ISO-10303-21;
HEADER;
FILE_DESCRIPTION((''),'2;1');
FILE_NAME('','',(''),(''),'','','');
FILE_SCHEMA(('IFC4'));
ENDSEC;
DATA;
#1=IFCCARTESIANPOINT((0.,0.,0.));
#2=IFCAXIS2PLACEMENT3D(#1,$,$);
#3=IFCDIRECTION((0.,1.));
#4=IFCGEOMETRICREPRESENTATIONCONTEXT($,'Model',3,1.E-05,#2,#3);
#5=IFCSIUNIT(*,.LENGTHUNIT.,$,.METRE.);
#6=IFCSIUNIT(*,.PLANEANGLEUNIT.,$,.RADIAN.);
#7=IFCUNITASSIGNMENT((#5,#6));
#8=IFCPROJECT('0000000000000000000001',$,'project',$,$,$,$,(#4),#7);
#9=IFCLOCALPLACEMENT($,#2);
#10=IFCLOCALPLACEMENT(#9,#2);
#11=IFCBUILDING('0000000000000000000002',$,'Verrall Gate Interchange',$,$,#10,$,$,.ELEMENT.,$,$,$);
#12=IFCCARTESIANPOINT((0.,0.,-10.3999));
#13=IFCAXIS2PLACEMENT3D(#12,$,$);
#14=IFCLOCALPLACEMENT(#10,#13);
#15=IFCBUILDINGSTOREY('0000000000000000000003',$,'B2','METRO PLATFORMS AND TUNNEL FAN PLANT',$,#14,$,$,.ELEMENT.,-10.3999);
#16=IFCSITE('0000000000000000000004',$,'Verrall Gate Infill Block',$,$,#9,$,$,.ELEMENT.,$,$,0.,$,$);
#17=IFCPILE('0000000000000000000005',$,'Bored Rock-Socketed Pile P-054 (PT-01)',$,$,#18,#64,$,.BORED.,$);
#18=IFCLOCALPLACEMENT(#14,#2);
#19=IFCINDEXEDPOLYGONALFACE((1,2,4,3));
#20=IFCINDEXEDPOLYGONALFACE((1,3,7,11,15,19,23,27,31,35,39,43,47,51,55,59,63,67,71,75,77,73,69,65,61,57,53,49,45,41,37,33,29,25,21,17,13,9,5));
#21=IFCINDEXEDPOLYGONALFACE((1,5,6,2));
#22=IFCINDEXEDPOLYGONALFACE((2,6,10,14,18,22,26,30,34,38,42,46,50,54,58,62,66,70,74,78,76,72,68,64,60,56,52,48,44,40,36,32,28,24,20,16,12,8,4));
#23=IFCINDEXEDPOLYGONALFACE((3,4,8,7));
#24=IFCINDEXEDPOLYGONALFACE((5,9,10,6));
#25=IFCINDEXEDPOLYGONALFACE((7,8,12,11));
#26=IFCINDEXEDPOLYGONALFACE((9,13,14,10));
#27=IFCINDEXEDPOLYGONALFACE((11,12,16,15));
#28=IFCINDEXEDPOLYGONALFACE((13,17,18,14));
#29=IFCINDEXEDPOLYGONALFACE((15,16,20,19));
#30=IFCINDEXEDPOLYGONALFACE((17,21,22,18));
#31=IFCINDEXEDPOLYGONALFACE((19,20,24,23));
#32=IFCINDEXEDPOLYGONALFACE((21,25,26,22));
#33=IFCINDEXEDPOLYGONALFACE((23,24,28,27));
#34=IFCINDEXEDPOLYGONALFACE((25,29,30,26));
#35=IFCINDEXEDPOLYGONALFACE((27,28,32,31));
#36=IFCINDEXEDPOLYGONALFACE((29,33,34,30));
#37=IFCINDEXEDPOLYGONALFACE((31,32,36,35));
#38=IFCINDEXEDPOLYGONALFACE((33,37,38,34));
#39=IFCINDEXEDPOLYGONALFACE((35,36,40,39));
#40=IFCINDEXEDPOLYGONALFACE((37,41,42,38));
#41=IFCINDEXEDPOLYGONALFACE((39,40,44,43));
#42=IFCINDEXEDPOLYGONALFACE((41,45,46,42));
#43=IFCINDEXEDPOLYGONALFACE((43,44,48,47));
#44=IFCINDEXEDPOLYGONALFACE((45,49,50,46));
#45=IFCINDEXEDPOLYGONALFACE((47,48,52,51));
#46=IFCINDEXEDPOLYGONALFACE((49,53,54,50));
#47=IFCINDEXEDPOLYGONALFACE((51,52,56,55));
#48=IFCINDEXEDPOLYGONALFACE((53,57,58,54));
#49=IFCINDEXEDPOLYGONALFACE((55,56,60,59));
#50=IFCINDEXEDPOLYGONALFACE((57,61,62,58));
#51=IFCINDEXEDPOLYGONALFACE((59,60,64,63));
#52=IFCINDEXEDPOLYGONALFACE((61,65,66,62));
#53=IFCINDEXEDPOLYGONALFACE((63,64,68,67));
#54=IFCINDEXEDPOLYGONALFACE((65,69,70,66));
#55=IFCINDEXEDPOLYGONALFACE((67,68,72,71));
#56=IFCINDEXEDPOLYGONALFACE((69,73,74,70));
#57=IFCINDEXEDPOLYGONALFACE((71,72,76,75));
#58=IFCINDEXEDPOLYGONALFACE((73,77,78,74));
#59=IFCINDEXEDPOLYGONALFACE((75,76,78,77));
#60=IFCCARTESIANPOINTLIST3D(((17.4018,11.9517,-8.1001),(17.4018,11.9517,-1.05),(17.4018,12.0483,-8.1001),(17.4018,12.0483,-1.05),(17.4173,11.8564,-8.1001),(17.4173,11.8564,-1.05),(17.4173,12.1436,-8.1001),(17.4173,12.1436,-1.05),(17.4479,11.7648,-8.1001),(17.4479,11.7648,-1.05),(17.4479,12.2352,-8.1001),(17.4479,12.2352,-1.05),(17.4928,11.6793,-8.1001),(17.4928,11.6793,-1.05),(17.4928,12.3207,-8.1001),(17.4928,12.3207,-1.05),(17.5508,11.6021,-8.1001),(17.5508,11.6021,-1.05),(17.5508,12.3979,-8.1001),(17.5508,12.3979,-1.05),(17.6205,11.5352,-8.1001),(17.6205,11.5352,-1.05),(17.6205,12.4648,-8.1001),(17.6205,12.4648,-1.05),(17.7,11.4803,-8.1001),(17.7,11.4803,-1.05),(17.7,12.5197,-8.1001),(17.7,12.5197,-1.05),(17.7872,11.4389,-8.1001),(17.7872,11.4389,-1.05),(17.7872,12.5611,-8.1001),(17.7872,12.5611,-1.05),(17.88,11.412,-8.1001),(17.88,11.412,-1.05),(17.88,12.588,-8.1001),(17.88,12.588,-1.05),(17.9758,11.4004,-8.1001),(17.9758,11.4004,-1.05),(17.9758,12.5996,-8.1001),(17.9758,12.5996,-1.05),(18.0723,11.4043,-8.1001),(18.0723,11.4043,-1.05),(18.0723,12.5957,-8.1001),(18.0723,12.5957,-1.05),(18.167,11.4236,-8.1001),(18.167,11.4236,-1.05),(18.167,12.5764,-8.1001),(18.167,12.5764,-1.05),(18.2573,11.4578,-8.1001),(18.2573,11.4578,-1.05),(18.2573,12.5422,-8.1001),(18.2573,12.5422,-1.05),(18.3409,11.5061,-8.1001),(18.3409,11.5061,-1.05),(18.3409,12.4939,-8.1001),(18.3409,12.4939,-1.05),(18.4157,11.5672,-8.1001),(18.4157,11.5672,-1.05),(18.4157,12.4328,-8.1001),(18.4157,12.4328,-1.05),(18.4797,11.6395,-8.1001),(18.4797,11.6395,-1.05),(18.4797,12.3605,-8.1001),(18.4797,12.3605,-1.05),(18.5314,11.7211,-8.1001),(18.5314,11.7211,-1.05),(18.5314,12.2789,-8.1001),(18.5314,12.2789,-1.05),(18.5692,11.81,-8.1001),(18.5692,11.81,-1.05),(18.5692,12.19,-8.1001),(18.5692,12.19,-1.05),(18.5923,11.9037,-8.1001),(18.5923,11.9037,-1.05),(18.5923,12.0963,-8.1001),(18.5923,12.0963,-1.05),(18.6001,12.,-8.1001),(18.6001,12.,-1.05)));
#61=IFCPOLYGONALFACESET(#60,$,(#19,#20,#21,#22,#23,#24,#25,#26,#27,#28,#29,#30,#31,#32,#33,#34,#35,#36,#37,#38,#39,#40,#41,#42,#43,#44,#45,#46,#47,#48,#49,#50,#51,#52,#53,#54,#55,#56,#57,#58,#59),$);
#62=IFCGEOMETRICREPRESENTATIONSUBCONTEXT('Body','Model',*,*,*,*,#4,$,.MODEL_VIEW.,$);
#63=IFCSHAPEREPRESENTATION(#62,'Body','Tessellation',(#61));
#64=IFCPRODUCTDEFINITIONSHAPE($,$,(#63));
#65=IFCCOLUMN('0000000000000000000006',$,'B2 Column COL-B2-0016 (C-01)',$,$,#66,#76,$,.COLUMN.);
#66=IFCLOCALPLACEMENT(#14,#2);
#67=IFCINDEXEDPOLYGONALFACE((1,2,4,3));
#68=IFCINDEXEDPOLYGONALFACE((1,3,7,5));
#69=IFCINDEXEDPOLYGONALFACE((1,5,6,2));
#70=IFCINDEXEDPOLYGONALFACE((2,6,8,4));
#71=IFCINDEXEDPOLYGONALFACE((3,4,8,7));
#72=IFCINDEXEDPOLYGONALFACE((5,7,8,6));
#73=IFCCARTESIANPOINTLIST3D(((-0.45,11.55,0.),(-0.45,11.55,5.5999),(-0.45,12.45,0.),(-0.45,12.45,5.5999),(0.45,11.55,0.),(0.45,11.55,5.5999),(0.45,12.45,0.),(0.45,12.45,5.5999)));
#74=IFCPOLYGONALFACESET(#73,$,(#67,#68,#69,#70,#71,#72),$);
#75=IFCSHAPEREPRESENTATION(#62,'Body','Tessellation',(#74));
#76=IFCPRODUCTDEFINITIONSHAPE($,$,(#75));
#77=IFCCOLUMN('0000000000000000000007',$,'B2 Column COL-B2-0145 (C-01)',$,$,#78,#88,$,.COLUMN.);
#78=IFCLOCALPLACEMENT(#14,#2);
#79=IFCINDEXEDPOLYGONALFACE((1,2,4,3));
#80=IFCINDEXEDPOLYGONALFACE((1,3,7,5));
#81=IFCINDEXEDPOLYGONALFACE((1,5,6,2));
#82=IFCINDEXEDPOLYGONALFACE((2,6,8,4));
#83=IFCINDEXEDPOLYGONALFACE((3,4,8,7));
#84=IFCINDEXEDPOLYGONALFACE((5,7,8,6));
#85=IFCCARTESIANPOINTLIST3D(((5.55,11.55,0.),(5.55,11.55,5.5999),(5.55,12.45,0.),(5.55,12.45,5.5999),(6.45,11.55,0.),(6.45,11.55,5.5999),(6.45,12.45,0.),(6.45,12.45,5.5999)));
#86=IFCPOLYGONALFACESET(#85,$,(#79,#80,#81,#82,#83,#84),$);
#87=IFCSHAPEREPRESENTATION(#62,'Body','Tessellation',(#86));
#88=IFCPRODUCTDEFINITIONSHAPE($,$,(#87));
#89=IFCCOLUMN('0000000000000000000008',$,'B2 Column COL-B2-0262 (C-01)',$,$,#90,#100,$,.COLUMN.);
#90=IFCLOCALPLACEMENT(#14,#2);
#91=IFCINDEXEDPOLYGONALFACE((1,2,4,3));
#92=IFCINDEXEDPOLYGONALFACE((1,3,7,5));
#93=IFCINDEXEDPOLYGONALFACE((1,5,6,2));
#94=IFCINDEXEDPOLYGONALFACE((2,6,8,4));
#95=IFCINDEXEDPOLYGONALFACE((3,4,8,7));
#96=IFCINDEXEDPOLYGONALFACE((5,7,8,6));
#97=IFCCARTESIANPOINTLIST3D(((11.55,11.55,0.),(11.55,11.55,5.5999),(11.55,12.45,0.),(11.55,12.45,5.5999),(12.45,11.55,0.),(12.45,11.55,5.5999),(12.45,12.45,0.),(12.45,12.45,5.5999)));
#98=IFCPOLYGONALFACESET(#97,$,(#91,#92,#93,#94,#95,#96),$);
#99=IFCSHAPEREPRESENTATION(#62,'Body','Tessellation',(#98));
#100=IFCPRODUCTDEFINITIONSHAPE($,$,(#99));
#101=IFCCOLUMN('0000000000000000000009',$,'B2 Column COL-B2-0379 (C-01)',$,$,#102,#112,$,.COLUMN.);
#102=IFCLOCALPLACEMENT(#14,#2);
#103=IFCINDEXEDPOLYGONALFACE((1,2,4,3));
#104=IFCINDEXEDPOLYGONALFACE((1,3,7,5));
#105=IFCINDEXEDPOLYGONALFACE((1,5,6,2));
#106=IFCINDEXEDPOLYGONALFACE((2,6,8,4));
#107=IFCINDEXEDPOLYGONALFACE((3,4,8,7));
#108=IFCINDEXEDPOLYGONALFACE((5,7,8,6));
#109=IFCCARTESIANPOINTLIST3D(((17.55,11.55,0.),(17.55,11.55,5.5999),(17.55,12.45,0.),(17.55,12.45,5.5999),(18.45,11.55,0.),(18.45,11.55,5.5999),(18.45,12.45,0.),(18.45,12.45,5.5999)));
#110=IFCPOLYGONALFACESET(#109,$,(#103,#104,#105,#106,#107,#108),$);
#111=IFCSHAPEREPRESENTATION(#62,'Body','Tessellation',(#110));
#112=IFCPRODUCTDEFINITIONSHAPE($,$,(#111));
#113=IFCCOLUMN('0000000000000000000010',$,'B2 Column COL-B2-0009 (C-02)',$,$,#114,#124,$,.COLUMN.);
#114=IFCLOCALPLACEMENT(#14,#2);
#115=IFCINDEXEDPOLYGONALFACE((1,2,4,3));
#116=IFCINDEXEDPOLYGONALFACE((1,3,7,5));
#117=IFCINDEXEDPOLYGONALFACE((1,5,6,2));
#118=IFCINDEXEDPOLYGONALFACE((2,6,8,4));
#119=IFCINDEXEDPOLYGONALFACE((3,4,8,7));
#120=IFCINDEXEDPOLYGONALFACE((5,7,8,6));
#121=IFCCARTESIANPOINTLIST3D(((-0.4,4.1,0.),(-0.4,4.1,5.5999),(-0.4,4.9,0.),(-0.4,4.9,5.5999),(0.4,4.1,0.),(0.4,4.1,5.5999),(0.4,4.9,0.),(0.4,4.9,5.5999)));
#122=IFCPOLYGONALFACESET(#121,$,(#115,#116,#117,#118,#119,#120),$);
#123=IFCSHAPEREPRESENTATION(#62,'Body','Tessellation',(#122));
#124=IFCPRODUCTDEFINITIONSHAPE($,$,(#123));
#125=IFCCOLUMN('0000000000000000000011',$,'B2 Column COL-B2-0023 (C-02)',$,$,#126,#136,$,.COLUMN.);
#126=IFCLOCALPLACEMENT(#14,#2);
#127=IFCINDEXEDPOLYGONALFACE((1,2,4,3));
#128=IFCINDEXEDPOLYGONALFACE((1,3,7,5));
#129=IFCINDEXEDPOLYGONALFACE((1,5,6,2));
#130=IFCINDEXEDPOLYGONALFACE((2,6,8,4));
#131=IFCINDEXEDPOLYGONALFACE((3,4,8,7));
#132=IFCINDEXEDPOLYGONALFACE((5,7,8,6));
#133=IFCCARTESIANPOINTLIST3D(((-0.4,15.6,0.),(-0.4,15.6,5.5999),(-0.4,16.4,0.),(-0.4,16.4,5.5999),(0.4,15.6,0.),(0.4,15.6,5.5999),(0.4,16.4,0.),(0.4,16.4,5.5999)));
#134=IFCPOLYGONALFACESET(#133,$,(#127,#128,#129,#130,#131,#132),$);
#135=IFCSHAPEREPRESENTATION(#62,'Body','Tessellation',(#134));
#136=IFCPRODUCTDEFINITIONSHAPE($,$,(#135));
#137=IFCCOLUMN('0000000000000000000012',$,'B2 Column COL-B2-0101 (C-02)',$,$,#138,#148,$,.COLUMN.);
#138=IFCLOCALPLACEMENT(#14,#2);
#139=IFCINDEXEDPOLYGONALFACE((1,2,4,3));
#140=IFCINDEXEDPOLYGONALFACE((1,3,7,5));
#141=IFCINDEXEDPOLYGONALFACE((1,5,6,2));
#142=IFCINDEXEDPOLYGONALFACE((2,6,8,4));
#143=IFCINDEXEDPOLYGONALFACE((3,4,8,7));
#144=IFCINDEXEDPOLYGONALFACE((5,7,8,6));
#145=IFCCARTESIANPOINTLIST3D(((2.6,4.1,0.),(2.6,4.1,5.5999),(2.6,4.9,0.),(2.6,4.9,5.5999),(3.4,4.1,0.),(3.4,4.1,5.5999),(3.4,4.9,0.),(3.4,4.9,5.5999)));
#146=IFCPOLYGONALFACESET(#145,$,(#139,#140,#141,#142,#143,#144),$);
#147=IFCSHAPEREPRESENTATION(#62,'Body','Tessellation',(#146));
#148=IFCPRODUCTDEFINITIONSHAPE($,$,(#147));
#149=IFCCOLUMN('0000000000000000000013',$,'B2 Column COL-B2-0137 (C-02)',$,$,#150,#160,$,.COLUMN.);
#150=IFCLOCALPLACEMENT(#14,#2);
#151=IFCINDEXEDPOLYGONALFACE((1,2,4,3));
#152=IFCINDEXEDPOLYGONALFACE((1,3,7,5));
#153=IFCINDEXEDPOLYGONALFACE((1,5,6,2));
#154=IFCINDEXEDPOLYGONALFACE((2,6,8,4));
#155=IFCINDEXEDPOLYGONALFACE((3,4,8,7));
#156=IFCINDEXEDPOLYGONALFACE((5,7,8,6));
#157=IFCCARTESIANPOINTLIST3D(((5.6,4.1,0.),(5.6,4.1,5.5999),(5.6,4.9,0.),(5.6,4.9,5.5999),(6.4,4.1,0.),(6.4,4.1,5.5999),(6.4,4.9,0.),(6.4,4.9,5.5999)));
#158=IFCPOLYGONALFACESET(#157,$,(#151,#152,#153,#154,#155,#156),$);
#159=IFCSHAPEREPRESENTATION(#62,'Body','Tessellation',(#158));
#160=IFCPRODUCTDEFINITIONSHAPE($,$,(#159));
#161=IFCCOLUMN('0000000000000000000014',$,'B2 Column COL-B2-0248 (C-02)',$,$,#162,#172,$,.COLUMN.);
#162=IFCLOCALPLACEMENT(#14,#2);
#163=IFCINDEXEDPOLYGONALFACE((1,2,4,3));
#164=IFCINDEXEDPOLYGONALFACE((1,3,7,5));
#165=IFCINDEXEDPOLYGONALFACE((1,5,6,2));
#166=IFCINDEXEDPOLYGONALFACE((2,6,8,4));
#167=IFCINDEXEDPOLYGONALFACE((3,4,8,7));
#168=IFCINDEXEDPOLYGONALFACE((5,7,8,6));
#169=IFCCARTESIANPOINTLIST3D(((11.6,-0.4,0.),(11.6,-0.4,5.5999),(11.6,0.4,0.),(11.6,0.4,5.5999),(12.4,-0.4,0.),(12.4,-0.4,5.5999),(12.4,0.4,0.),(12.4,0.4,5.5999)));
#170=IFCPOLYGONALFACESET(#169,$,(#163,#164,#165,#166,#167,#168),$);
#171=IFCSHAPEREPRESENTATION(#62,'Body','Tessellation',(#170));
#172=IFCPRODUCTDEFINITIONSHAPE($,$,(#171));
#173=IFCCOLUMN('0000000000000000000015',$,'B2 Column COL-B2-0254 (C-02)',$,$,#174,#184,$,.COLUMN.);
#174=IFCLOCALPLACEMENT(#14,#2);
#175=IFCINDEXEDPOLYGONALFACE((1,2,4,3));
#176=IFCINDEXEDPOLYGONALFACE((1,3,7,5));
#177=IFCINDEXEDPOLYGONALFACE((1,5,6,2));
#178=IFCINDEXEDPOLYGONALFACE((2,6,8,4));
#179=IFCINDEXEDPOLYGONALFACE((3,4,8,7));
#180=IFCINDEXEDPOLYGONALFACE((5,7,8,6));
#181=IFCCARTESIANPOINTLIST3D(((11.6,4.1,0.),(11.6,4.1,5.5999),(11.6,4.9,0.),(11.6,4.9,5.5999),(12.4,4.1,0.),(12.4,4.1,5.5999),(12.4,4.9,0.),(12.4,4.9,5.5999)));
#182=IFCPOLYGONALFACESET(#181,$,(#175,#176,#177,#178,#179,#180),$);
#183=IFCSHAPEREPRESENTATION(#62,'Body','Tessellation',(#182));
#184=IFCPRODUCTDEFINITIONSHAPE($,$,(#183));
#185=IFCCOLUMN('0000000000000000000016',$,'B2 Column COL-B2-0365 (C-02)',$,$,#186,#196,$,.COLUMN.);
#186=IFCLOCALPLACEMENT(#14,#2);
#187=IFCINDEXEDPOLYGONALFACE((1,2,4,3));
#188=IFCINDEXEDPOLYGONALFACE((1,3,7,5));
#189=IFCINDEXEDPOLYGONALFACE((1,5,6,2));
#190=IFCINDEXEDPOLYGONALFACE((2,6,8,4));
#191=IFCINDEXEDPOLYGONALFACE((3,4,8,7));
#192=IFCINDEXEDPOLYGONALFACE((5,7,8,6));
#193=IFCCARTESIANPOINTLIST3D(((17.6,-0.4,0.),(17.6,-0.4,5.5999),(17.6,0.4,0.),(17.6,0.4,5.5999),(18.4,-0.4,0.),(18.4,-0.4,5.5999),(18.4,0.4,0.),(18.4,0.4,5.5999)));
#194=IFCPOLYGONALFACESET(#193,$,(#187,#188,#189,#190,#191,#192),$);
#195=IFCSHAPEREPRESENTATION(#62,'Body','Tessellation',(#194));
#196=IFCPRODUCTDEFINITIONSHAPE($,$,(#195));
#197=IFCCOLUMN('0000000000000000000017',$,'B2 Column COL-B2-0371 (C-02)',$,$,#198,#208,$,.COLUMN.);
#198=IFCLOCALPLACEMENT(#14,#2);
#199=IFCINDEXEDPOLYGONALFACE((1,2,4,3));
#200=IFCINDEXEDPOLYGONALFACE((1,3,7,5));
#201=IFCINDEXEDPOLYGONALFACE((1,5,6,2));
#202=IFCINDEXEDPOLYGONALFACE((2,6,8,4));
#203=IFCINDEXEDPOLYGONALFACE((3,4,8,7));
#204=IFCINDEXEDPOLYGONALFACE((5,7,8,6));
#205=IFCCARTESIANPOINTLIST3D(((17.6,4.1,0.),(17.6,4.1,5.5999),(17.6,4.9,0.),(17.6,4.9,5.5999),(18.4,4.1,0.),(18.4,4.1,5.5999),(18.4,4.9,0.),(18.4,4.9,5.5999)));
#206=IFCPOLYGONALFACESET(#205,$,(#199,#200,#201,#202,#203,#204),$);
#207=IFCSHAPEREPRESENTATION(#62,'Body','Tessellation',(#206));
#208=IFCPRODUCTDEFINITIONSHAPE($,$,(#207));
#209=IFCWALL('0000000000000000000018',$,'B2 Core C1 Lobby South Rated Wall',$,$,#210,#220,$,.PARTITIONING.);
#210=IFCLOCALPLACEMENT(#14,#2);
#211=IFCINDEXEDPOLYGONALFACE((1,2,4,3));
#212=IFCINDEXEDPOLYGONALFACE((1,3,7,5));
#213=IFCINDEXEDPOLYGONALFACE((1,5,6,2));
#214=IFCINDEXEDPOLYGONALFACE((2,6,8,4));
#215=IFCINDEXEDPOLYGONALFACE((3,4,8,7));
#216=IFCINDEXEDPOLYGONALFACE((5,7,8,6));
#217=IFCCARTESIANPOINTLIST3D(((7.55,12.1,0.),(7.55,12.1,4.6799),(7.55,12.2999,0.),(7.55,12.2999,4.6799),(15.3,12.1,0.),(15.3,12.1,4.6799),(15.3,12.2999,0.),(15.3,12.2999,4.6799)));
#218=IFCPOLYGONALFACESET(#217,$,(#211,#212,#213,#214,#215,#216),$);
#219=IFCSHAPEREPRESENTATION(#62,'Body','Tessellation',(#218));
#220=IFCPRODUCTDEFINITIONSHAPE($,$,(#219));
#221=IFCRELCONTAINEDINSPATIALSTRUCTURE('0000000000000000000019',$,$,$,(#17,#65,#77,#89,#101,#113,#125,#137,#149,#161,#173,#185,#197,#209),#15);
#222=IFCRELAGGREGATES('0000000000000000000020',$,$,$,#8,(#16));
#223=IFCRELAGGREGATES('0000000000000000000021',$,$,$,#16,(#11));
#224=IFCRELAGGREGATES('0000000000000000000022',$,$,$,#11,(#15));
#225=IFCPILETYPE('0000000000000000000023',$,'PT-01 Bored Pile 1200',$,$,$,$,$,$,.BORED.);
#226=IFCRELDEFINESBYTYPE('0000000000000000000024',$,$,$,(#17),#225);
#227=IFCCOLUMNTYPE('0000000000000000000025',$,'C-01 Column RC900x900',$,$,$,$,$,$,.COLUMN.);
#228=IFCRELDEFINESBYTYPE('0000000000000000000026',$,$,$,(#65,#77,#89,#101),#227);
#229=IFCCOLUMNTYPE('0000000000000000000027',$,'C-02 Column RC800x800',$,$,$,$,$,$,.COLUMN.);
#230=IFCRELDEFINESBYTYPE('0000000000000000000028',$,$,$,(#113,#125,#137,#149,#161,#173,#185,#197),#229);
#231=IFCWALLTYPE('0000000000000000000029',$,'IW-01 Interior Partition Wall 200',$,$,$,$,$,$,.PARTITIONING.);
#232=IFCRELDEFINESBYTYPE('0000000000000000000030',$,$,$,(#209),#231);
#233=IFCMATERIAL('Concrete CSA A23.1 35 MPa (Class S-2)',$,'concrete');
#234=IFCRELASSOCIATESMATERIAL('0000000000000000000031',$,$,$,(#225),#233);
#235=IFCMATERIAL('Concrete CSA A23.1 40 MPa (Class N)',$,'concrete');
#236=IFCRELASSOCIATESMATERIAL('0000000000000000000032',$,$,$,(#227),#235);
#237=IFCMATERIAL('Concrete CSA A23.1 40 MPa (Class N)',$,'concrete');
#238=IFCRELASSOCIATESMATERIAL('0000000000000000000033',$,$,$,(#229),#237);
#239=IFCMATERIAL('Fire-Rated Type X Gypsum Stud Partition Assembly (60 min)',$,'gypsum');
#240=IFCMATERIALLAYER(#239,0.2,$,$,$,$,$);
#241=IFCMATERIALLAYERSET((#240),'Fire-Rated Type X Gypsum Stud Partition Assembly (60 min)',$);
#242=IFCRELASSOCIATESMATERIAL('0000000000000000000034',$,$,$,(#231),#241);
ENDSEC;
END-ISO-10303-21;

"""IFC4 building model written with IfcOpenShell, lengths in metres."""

from ifc_helpers import new_model, si_unit, direction, frame, frame_2d, origin, origin_2d, place, context, subcontext, project, spatial, rectangle, circle, extrude, material, layer, layer_set, material_profile, profile_set, type_object, element, save


model = new_model("IFC4")

# Units and contexts
model_context = context("Model", 3, precision=1e-05, world=origin(), true_north=direction((0.0, 1.0)))
body_context = subcontext(model_context, "Body", "Model", "MODEL_VIEW")
ifc_project = project(units=[si_unit("LENGTHUNIT", "METRE"), si_unit("PLANEANGLEUNIT", "RADIAN")], contexts=[model_context])

# Site, building, storey
site_placement = place(None, origin())
site = spatial("IfcSite", under=ifc_project, at=site_placement, Name="Verrall Gate Infill Block", CompositionType="ELEMENT", RefElevation=0.0)
building_placement = place(site_placement, origin())
building = spatial("IfcBuilding", under=site, at=building_placement, Name="Verrall Gate Interchange", CompositionType="ELEMENT")
storey_placement = place(building_placement, frame((0.0, 0.0, -10.3999)))
storey = spatial("IfcBuildingStorey", under=building, at=storey_placement, Name="B2", Description="METRO PLATFORMS AND TUNNEL FAN PLANT", CompositionType="ELEMENT", Elevation=-10.3999)

# Pile
ifc_material_1 = material(Name="Concrete CSA A23.1 35 MPa (Class S-2)", Category="concrete")
ifc_material_profile_1 = material_profile(ifc_material_1, circle(Radius=0.6001, at=origin_2d()), Name="PILE1200D")
ifc_profile_set_1 = profile_set([ifc_material_profile_1], Name="Concrete CSA A23.1 35 MPa (Class S-2)")
pile_type = type_object("IfcPileType", Name="PT-01 Bored Pile 1200", PredefinedType="BORED", material=ifc_profile_set_1)
for number, where, z_axis, x_axis, name in (
    (1, (18.0, 12.0, -1.05), (0.0, 0.0, -1.0), (1.0, 0.0, 0.0), "Bored Rock-Socketed Pile P-054 (PT-01)"),
):
    element("IfcPile", number, at=place(storey_placement, frame(where, z_axis=z_axis, x_axis=x_axis)), inside=storey, type_object=pile_type, Name=name, PredefinedType="BORED", context=body_context, shape_type="SweptSolid", body=[
        extrude(circle(Radius=0.6001, at=origin_2d()), origin(), (0.0, 0.0, 1.0), 7.05),
    ])

# Columns
ifc_material_2 = material(Name="Concrete CSA A23.1 40 MPa (Class N)", Category="concrete")
ifc_material_profile_2 = material_profile(ifc_material_2, rectangle(XDim=0.8999, YDim=0.8999, at=origin_2d()), Name="RC900x900")
ifc_profile_set_2 = profile_set([ifc_material_profile_2], Name="Concrete CSA A23.1 40 MPa (Class N)")
column_type_1 = type_object("IfcColumnType", Name="C-01 Column RC900x900", PredefinedType="COLUMN", material=ifc_profile_set_2)
for number, where, z_axis, x_axis, name in (
    (2, (0.0, 12.0, 0.0), (0.0, 0.0, 1.0), (1.0, 0.0, 0.0), "B2 Column COL-B2-0016 (C-01)"),
    (3, (6.0, 12.0, 0.0), (0.0, 0.0, 1.0), (1.0, 0.0, 0.0), "B2 Column COL-B2-0145 (C-01)"),
    (4, (12.0, 12.0, 0.0), (0.0, 0.0, 1.0), (1.0, 0.0, 0.0), "B2 Column COL-B2-0262 (C-01)"),
    (5, (18.0, 12.0, 0.0), (0.0, 0.0, 1.0), (1.0, 0.0, 0.0), "B2 Column COL-B2-0379 (C-01)"),
):
    element("IfcColumn", number, at=place(storey_placement, frame(where, z_axis=z_axis, x_axis=x_axis)), inside=storey, type_object=column_type_1, Name=name, PredefinedType="COLUMN", context=body_context, shape_type="SweptSolid", body=[
        extrude(rectangle(XDim=0.8999, YDim=0.8999, at=origin_2d()), origin(), (0.0, 0.0, 1.0), 5.5999),
    ])
ifc_material_3 = material(Name="Concrete CSA A23.1 40 MPa (Class N)", Category="concrete")
ifc_material_profile_3 = material_profile(ifc_material_3, rectangle(XDim=0.8, YDim=0.8, at=origin_2d()), Name="RC800x800")
ifc_profile_set_3 = profile_set([ifc_material_profile_3], Name="Concrete CSA A23.1 40 MPa (Class N)")
column_type_2 = type_object("IfcColumnType", Name="C-02 Column RC800x800", PredefinedType="COLUMN", material=ifc_profile_set_3)
for number, where, z_axis, x_axis, name in (
    (6, (0.0, 4.5, 0.0), (0.0, 0.0, 1.0), (1.0, 0.0, 0.0), "B2 Column COL-B2-0009 (C-02)"),
    (7, (0.0, 16.0, 0.0), (0.0, 0.0, 1.0), (1.0, 0.0, 0.0), "B2 Column COL-B2-0023 (C-02)"),
    (8, (3.0, 4.5, 0.0), (0.0, 0.0, 1.0), (1.0, 0.0, 0.0), "B2 Column COL-B2-0101 (C-02)"),
    (9, (6.0, 4.5, 0.0), (0.0, 0.0, 1.0), (1.0, 0.0, 0.0), "B2 Column COL-B2-0137 (C-02)"),
    (10, (12.0, 0.0, 0.0), (0.0, 0.0, 1.0), (1.0, 0.0, 0.0), "B2 Column COL-B2-0248 (C-02)"),
    (11, (12.0, 4.5, 0.0), (0.0, 0.0, 1.0), (1.0, 0.0, 0.0), "B2 Column COL-B2-0254 (C-02)"),
    (12, (18.0, 0.0, 0.0), (0.0, 0.0, 1.0), (1.0, 0.0, 0.0), "B2 Column COL-B2-0365 (C-02)"),
    (13, (18.0, 4.5, 0.0), (0.0, 0.0, 1.0), (1.0, 0.0, 0.0), "B2 Column COL-B2-0371 (C-02)"),
):
    element("IfcColumn", number, at=place(storey_placement, frame(where, z_axis=z_axis, x_axis=x_axis)), inside=storey, type_object=column_type_2, Name=name, PredefinedType="COLUMN", context=body_context, shape_type="SweptSolid", body=[
        extrude(rectangle(XDim=0.8, YDim=0.8, at=origin_2d()), origin(), (0.0, 0.0, 1.0), 5.5999),
    ])

# Wall
ifc_material_4 = material(Name="Fire-Rated Type X Gypsum Stud Partition Assembly (60 min)", Category="gypsum")
ifc_layer_1 = layer(ifc_material_4, 0.2)
ifc_layer_set_1 = layer_set([ifc_layer_1], Name="Fire-Rated Type X Gypsum Stud Partition Assembly (60 min)")
wall_type_1 = type_object("IfcWallType", Name="IW-01 Interior Partition Wall 200", PredefinedType="PARTITIONING", material=ifc_layer_set_1)
wall_1_placement = place(storey_placement, frame((7.55, 12.2, 0.0), z_axis=(0.0, 0.0, 1.0), x_axis=(1.0, 0.0, 0.0)))
element("IfcWall", 14, at=wall_1_placement, inside=storey, type_object=wall_type_1, Name="B2 Core C1 Lobby South Rated Wall", PredefinedType="PARTITIONING", context=body_context, shape_type="SweptSolid", body=[
    extrude(rectangle(XDim=7.75, YDim=0.2, at=frame_2d((3.875, 0.0))), origin(), (0.0, 0.0, 1.0), 4.6799),
])

save(model, "model.ifc")
